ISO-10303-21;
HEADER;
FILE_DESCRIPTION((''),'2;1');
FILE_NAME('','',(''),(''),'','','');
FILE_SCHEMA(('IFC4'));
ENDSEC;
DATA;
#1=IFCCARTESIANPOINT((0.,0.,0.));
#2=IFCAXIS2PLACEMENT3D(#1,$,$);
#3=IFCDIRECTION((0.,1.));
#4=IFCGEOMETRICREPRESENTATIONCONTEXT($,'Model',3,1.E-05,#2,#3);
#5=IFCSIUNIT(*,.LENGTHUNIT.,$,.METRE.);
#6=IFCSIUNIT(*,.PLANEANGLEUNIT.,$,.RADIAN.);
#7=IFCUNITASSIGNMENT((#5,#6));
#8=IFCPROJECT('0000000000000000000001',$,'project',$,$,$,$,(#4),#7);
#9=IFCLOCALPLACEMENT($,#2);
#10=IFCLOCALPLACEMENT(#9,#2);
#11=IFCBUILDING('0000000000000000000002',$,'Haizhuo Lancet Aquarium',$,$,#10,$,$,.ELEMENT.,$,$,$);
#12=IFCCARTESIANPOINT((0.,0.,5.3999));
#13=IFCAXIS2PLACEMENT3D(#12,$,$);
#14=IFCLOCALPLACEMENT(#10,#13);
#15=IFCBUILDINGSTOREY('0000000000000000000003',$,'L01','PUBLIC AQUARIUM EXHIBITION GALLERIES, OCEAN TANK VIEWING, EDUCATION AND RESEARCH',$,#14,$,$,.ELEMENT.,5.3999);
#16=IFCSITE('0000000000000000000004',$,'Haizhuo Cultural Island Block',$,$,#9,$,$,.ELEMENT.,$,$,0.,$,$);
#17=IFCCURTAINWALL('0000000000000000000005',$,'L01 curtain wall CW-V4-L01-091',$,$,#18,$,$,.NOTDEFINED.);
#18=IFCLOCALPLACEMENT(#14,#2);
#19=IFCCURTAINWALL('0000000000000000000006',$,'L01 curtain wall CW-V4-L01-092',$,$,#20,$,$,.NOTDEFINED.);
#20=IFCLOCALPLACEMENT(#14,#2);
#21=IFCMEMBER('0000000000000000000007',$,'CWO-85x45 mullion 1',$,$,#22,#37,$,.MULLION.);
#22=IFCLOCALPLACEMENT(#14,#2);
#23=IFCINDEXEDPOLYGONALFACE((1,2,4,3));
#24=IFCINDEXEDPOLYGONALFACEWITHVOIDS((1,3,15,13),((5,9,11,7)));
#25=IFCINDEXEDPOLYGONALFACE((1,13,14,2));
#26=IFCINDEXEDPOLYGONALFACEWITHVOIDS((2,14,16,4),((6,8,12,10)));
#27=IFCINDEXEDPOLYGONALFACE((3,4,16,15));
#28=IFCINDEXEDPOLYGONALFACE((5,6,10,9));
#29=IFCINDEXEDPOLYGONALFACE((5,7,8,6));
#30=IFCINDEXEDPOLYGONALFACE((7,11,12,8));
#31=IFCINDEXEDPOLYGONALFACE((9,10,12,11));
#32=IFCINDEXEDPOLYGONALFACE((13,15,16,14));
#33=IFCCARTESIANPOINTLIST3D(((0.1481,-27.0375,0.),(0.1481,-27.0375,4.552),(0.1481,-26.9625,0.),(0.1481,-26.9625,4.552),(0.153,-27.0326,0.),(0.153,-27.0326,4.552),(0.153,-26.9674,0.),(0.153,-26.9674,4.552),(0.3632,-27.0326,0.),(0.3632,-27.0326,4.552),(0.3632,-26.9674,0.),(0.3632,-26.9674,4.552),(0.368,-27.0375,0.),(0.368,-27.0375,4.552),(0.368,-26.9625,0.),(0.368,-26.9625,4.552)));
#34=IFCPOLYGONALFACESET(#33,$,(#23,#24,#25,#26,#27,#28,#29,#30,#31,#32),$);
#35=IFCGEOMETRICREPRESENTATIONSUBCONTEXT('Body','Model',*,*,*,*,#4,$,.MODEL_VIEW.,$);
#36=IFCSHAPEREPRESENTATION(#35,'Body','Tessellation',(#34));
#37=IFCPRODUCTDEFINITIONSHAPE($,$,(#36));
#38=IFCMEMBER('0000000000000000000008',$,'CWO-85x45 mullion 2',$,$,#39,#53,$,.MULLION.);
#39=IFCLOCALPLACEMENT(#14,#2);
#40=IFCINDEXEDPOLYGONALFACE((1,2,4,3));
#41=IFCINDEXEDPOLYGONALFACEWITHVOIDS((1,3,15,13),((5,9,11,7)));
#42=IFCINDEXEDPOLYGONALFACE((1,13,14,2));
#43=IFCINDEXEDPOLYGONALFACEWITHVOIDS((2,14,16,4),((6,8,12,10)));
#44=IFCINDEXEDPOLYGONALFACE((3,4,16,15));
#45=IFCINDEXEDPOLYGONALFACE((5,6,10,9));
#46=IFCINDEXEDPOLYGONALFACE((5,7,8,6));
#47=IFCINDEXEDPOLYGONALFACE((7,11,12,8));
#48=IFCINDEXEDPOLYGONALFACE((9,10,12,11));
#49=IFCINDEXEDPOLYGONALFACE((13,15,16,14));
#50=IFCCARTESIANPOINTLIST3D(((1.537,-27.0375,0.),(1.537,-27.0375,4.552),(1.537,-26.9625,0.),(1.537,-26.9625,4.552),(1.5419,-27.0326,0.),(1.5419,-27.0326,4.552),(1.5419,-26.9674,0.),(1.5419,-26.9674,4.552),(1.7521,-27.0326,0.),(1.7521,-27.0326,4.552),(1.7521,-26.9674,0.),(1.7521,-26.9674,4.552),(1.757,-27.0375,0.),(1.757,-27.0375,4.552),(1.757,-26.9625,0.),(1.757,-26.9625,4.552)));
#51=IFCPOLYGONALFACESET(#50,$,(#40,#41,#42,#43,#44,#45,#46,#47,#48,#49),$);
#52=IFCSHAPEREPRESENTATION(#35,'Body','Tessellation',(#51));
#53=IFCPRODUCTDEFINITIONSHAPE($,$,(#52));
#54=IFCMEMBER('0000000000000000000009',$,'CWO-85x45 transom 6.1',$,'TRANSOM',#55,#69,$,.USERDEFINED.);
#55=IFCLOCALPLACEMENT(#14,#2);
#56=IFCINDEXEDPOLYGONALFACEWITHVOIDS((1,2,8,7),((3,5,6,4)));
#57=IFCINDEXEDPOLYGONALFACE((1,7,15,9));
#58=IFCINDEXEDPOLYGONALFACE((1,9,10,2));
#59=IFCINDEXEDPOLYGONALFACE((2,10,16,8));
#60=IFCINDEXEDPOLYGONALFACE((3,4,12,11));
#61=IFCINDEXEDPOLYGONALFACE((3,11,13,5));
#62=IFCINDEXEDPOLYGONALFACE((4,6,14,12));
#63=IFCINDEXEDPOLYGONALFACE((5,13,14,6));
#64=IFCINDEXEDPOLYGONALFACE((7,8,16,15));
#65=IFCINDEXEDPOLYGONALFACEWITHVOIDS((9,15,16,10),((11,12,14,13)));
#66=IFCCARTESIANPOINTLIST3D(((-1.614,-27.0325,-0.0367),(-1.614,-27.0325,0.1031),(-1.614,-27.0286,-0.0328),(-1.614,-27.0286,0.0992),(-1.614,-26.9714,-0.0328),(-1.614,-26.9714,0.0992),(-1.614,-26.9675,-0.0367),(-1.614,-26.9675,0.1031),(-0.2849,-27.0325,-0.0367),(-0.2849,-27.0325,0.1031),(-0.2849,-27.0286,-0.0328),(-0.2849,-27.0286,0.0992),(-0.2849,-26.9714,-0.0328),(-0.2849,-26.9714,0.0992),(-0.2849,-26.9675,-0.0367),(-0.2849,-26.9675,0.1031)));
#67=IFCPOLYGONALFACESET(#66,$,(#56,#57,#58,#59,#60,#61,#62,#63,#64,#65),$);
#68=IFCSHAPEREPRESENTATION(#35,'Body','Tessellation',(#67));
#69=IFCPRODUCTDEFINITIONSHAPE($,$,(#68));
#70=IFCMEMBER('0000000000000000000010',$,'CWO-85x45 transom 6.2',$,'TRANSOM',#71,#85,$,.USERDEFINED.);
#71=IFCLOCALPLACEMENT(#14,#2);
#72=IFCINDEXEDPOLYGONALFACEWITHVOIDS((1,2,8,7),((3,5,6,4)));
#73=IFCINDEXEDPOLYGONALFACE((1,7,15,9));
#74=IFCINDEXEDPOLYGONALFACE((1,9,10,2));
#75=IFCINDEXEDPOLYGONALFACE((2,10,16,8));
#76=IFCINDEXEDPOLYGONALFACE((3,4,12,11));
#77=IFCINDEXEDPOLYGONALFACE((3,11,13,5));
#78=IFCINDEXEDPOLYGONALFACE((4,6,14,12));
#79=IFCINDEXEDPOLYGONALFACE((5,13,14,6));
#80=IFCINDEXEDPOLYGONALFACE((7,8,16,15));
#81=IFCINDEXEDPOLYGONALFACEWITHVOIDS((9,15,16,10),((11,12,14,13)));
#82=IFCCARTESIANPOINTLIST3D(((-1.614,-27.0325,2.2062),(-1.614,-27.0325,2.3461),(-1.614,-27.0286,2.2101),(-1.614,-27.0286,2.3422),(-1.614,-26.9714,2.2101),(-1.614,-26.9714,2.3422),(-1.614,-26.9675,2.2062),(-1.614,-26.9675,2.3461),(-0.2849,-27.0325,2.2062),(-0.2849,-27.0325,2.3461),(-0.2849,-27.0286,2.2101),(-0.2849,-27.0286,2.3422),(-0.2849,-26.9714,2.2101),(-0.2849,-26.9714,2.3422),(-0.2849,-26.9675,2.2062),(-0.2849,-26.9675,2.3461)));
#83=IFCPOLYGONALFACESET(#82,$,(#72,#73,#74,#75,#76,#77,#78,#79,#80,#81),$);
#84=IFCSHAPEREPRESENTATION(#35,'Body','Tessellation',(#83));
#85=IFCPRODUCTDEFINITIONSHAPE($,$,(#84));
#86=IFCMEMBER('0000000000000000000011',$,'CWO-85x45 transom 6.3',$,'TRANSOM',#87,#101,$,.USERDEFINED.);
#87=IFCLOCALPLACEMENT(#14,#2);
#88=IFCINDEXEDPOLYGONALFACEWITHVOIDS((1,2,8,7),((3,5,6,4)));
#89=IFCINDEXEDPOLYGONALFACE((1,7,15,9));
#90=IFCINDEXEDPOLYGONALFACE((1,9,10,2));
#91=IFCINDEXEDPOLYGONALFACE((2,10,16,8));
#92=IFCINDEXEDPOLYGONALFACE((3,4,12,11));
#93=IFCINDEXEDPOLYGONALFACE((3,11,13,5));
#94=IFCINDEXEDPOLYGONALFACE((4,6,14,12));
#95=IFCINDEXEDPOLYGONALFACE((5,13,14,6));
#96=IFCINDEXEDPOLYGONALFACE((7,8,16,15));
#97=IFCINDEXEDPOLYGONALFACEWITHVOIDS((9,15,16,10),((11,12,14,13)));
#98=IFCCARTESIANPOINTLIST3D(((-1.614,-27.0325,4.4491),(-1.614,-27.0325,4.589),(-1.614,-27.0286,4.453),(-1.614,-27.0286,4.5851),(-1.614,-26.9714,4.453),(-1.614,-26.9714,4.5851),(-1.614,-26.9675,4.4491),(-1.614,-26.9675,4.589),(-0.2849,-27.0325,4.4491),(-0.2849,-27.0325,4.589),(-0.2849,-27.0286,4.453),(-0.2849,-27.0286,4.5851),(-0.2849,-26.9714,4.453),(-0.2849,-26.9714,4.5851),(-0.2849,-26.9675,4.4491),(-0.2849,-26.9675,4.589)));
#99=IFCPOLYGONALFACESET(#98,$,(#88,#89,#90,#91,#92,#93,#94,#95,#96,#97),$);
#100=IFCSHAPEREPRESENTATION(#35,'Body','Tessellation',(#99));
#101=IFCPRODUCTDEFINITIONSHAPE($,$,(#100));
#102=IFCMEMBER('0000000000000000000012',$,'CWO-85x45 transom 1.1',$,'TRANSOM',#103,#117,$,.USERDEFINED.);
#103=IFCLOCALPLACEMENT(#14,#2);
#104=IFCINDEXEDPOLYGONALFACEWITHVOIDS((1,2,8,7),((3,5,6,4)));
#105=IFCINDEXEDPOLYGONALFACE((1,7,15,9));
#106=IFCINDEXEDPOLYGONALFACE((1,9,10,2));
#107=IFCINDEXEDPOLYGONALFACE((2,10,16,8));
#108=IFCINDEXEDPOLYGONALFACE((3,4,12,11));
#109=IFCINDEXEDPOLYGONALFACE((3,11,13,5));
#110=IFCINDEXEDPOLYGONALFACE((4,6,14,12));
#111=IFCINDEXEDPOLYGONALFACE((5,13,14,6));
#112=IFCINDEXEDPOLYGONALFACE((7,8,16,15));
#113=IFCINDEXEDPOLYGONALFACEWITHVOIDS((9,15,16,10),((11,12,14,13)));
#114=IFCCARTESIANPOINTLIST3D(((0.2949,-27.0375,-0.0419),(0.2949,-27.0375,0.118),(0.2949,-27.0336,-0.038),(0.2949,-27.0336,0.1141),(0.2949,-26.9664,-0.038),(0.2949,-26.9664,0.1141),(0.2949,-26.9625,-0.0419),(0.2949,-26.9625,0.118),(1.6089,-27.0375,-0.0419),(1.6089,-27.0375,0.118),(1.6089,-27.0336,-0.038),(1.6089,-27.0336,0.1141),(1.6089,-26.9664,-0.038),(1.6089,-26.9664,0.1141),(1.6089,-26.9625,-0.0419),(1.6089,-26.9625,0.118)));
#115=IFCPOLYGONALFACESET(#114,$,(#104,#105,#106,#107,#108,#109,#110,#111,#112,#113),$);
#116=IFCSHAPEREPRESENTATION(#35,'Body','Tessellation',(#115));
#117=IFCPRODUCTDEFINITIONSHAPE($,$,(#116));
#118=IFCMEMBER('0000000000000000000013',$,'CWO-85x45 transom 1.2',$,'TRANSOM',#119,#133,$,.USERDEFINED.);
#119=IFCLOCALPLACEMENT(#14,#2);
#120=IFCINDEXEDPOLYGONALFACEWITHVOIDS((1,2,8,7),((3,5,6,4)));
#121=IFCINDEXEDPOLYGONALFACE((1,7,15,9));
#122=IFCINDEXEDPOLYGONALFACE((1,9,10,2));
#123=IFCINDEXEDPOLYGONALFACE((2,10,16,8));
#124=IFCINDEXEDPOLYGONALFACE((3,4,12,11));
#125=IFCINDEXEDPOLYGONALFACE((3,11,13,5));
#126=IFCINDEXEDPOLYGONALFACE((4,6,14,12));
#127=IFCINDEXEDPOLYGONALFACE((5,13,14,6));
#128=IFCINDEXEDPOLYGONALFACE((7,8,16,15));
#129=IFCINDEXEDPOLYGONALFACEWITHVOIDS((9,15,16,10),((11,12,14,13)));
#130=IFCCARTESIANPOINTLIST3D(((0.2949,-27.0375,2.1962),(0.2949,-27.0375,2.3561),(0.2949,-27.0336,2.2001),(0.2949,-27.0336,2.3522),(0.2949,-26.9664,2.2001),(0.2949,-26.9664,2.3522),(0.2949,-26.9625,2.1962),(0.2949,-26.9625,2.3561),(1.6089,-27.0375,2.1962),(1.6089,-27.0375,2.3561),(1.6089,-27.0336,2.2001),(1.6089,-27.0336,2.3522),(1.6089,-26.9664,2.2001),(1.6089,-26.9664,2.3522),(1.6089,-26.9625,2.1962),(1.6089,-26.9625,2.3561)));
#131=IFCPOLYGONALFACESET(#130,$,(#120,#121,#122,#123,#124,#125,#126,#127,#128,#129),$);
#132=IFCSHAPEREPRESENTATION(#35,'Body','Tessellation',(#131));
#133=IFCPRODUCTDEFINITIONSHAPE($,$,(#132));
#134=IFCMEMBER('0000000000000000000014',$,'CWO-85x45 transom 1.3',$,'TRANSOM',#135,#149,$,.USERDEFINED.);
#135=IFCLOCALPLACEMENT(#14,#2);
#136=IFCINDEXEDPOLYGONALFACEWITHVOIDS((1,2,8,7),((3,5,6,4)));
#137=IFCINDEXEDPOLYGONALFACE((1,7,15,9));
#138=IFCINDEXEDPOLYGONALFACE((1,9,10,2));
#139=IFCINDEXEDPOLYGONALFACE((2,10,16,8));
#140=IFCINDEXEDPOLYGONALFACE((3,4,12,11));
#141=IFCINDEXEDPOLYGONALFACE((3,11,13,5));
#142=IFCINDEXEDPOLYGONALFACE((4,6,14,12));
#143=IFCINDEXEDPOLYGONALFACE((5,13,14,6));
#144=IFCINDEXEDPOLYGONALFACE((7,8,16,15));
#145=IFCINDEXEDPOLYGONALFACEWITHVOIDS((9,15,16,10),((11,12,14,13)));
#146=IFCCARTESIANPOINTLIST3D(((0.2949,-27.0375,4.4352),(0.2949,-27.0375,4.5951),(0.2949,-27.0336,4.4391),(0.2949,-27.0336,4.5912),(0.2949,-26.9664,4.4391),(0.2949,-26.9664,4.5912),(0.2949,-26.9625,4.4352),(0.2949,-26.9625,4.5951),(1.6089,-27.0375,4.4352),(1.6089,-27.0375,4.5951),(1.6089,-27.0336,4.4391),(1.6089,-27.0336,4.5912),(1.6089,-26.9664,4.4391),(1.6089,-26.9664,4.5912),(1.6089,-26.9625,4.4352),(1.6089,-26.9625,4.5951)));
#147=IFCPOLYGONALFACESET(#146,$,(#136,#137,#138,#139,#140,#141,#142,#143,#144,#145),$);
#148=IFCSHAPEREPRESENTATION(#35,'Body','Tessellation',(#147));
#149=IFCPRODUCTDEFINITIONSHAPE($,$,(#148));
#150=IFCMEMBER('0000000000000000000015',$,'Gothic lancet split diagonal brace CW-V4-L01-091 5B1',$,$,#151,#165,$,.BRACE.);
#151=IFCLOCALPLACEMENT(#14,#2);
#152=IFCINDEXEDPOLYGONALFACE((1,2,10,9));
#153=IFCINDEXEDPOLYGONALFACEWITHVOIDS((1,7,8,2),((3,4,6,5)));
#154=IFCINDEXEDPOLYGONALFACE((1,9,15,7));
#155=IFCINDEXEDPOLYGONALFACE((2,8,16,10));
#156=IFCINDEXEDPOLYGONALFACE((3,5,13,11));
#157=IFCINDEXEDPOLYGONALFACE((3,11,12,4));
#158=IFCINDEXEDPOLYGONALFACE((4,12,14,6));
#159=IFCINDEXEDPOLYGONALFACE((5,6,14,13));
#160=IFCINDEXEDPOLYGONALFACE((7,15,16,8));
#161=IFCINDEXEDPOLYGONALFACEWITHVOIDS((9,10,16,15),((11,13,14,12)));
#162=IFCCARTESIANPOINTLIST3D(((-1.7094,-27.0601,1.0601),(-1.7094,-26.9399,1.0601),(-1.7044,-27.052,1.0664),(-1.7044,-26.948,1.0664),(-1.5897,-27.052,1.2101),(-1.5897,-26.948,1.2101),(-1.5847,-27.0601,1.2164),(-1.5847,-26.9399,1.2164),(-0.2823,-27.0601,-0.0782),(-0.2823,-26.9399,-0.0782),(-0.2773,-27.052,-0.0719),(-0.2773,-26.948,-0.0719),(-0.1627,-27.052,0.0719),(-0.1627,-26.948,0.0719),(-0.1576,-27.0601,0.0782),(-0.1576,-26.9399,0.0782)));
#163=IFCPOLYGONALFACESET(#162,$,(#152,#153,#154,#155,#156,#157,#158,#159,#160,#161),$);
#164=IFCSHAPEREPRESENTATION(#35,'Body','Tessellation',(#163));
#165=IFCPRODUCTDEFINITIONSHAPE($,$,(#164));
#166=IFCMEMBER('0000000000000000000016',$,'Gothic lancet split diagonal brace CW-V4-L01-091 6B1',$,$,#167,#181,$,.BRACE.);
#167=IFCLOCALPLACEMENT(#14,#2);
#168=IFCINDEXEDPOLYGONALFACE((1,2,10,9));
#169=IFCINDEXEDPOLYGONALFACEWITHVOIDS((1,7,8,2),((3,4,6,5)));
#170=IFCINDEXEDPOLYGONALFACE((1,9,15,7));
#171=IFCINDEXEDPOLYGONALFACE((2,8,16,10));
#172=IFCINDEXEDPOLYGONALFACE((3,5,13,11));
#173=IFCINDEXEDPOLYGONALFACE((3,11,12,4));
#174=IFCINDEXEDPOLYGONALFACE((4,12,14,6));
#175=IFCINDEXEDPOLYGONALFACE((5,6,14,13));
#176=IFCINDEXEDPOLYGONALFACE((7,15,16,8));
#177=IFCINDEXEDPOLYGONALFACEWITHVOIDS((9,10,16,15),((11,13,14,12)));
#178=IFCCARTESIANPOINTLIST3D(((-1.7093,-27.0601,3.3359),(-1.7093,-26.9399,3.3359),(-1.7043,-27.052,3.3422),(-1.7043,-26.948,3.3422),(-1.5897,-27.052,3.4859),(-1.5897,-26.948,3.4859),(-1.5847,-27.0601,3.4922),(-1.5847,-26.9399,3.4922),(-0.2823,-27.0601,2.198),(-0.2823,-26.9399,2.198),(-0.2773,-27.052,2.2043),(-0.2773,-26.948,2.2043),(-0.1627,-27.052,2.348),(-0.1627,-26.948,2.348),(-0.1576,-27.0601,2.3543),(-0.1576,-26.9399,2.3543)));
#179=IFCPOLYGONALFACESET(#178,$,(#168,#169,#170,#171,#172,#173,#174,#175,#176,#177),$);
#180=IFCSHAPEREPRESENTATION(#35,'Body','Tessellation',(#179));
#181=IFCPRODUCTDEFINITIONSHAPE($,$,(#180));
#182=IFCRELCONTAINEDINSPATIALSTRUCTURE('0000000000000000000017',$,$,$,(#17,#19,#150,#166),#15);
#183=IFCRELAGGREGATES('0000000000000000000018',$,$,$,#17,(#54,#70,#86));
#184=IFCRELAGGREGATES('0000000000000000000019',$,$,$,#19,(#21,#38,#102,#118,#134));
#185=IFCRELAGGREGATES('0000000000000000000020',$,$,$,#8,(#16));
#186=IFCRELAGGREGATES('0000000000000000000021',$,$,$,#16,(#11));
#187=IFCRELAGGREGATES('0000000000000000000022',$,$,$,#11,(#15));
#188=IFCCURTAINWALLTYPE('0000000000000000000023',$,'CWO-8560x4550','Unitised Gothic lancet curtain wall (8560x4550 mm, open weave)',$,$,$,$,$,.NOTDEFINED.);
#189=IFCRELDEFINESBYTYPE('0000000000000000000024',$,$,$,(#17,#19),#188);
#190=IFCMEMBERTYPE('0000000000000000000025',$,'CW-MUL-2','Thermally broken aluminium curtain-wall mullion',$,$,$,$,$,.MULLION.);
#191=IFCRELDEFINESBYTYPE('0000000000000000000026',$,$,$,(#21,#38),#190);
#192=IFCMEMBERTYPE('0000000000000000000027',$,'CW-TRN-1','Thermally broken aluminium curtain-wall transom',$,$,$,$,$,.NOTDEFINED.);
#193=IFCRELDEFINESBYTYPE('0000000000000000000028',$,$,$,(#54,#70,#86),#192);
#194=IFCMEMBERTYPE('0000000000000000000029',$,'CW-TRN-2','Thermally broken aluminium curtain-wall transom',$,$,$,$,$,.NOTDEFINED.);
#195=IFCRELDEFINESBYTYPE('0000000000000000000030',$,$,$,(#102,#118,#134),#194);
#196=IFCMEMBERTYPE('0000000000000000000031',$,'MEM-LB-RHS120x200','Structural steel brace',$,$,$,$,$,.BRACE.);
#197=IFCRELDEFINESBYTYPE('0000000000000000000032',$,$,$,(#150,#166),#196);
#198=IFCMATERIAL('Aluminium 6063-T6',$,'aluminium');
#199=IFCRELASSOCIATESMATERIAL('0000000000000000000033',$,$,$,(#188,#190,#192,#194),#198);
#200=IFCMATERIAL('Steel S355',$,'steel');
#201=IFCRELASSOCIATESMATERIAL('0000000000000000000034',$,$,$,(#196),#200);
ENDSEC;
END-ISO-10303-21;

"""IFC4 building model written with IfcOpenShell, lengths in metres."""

from ifc_helpers import new_model, si_unit, direction, frame, origin, origin_2d, place, context, subcontext, project, spatial, hollow_rectangle, extrude, material, material_profile, profile_set, type_object, element, aggregate, save


model = new_model("IFC4")

# Units and contexts
model_context = context("Model", 3, precision=1e-05, world=origin(), true_north=direction((0.0, 1.0)))
body_context = subcontext(model_context, "Body", "Model", "MODEL_VIEW")
ifc_project = project(units=[si_unit("LENGTHUNIT", "METRE"), si_unit("PLANEANGLEUNIT", "RADIAN")], contexts=[model_context])

# Site, building, storey
site_placement = place(None, origin())
site = spatial("IfcSite", under=ifc_project, at=site_placement, Name="Haizhuo Cultural Island Block", CompositionType="ELEMENT", RefElevation=0.0)
building_placement = place(site_placement, origin())
building = spatial("IfcBuilding", under=site, at=building_placement, Name="Haizhuo Lancet Aquarium", CompositionType="ELEMENT")
storey_placement = place(building_placement, frame((0.0, 0.0, 5.3999)))
storey = spatial("IfcBuildingStorey", under=building, at=storey_placement, Name="L01", Description="PUBLIC AQUARIUM EXHIBITION GALLERIES, OCEAN TANK VIEWING, EDUCATION AND RESEARCH", CompositionType="ELEMENT", Elevation=5.3999)

# Shared definitions
ifc_material_1 = material(Name="Steel S355", Category="steel")

# Curtain wall
ifc_material_2 = material(Name="Aluminium 6063-T6", Category="aluminium")
curtain_wall_type = type_object("IfcCurtainWallType", Name="CWO-8560x4550", Description="Unitised Gothic lancet curtain wall (8560x4550 mm, open weave)", PredefinedType="NOTDEFINED", material=ifc_material_2)
curtain_wall_1_placement = place(storey_placement, origin())
curtain_wall_1 = element("IfcCurtainWall", 1, at=curtain_wall_1_placement, inside=storey, type_object=curtain_wall_type, Name="L01 curtain wall CW-V4-L01-091", PredefinedType="NOTDEFINED")

# Curtain wall, members
curtain_wall_2_placement = place(storey_placement, origin())
curtain_wall_2 = element("IfcCurtainWall", 2, at=curtain_wall_2_placement, inside=storey, type_object=curtain_wall_type, Name="L01 curtain wall CW-V4-L01-092", PredefinedType="NOTDEFINED")
ifc_material_profile_1 = material_profile(ifc_material_2, hollow_rectangle(XDim=0.075, YDim=0.22, WallThickness=0.0049, at=origin_2d()), Name="ALU-M 75x220x5")
ifc_profile_set_1 = profile_set([ifc_material_profile_1], Name="Aluminium 6063-T6")
member_type_1 = type_object("IfcMemberType", Name="CW-MUL-2", Description="Thermally broken aluminium curtain-wall mullion", PredefinedType="MULLION", material=ifc_profile_set_1)
member_1_placement = place(storey_placement, frame((0.2581, -27.0, 0.0), z_axis=(0.0, 0.0, 1.0), x_axis=(0.0, 1.0, 0.0)))
member_1 = element("IfcMember", 3, at=member_1_placement, type_object=member_type_1, Name="CWO-85x45 mullion 1", PredefinedType="MULLION", context=body_context, shape_type="SweptSolid", body=[
    extrude(hollow_rectangle(XDim=0.075, YDim=0.22, WallThickness=0.0049, at=origin_2d()), origin(), (0.0, 0.0, 1.0), 4.552),
])
member_2_placement = place(storey_placement, frame((1.647, -27.0, 0.0), z_axis=(0.0, 0.0, 1.0), x_axis=(0.0, 1.0, 0.0)))
member_2 = element("IfcMember", 4, at=member_2_placement, type_object=member_type_1, Name="CWO-85x45 mullion 2", PredefinedType="MULLION", context=body_context, shape_type="SweptSolid", body=[
    extrude(hollow_rectangle(XDim=0.075, YDim=0.22, WallThickness=0.0049, at=origin_2d()), origin(), (0.0, 0.0, 1.0), 4.552),
])

# Members
ifc_material_profile_2 = material_profile(ifc_material_2, hollow_rectangle(XDim=0.0649, YDim=0.1399, WallThickness=0.0039, at=origin_2d()), Name="ALU-T 65x140x4")
ifc_profile_set_2 = profile_set([ifc_material_profile_2], Name="Aluminium 6063-T6")
member_type_2 = type_object("IfcMemberType", Name="CW-TRN-1", Description="Thermally broken aluminium curtain-wall transom", PredefinedType="NOTDEFINED", material=ifc_profile_set_2)
member_3_placement = place(storey_placement, frame((-1.614, -27.0, 0.0332), z_axis=(1.0, 0.0, 0.0), x_axis=(0.0, 1.0, 0.0)))
member_3 = element("IfcMember", 5, at=member_3_placement, type_object=member_type_2, Name="CWO-85x45 transom 6.1", ObjectType="TRANSOM", PredefinedType="USERDEFINED", context=body_context, shape_type="SweptSolid", body=[
    extrude(hollow_rectangle(XDim=0.0649, YDim=0.1399, WallThickness=0.0039, at=origin_2d()), origin(), (0.0, 0.0, 1.0), 1.3291),
])
member_4_placement = place(storey_placement, frame((-1.614, -27.0, 2.2761), z_axis=(1.0, 0.0, 0.0), x_axis=(0.0, 1.0, 0.0)))
member_4 = element("IfcMember", 6, at=member_4_placement, type_object=member_type_2, Name="CWO-85x45 transom 6.2", ObjectType="TRANSOM", PredefinedType="USERDEFINED", context=body_context, shape_type="SweptSolid", body=[
    extrude(hollow_rectangle(XDim=0.0649, YDim=0.1399, WallThickness=0.0039, at=origin_2d()), origin(), (0.0, 0.0, 1.0), 1.3291),
])
member_5_placement = place(storey_placement, frame((-1.614, -27.0, 4.519), z_axis=(1.0, 0.0, 0.0), x_axis=(0.0, 1.0, 0.0)))
member_5 = element("IfcMember", 7, at=member_5_placement, type_object=member_type_2, Name="CWO-85x45 transom 6.3", ObjectType="TRANSOM", PredefinedType="USERDEFINED", context=body_context, shape_type="SweptSolid", body=[
    extrude(hollow_rectangle(XDim=0.0649, YDim=0.1399, WallThickness=0.0039, at=origin_2d()), origin(), (0.0, 0.0, 1.0), 1.3291),
])
ifc_material_profile_3 = material_profile(ifc_material_2, hollow_rectangle(XDim=0.075, YDim=0.1599, WallThickness=0.0039, at=origin_2d()), Name="ALU-T 75x160x4")
ifc_profile_set_3 = profile_set([ifc_material_profile_3], Name="Aluminium 6063-T6")
member_type_3 = type_object("IfcMemberType", Name="CW-TRN-2", Description="Thermally broken aluminium curtain-wall transom", PredefinedType="NOTDEFINED", material=ifc_profile_set_3)
member_6_placement = place(storey_placement, frame((0.2949, -27.0, 0.0381), z_axis=(1.0, 0.0, 0.0), x_axis=(0.0, 1.0, 0.0)))
member_6 = element("IfcMember", 8, at=member_6_placement, type_object=member_type_3, Name="CWO-85x45 transom 1.1", ObjectType="TRANSOM", PredefinedType="USERDEFINED", context=body_context, shape_type="SweptSolid", body=[
    extrude(hollow_rectangle(XDim=0.075, YDim=0.1599, WallThickness=0.0039, at=origin_2d()), origin(), (0.0, 0.0, 1.0), 1.314),
])
member_7_placement = place(storey_placement, frame((0.2949, -27.0, 2.2761), z_axis=(1.0, 0.0, 0.0), x_axis=(0.0, 1.0, 0.0)))
member_7 = element("IfcMember", 9, at=member_7_placement, type_object=member_type_3, Name="CWO-85x45 transom 1.2", ObjectType="TRANSOM", PredefinedType="USERDEFINED", context=body_context, shape_type="SweptSolid", body=[
    extrude(hollow_rectangle(XDim=0.075, YDim=0.1599, WallThickness=0.0039, at=origin_2d()), origin(), (0.0, 0.0, 1.0), 1.314),
])
member_8_placement = place(storey_placement, frame((0.2949, -27.0, 4.5151), z_axis=(1.0, 0.0, 0.0), x_axis=(0.0, 1.0, 0.0)))
member_8 = element("IfcMember", 10, at=member_8_placement, type_object=member_type_3, Name="CWO-85x45 transom 1.3", ObjectType="TRANSOM", PredefinedType="USERDEFINED", context=body_context, shape_type="SweptSolid", body=[
    extrude(hollow_rectangle(XDim=0.075, YDim=0.1599, WallThickness=0.0039, at=origin_2d()), origin(), (0.0, 0.0, 1.0), 1.314),
])

# Members
ifc_material_profile_4 = material_profile(ifc_material_1, hollow_rectangle(XDim=0.1201, YDim=0.2, WallThickness=0.0081, at=origin_2d()), Name="RHS 120x200x8")
ifc_profile_set_4 = profile_set([ifc_material_profile_4], Name="Steel S355")
member_type_4 = type_object("IfcMemberType", Name="MEM-LB-RHS120x200", Description="Structural steel brace", PredefinedType="BRACE", material=ifc_profile_set_4)
member_9_placement = place(storey_placement, frame((-0.22, -27.0, 0.0), z_axis=(-0.781781, 0.0, 0.623553), x_axis=(0.0, -1.0, 0.0)))
element("IfcMember", 11, at=member_9_placement, inside=storey, type_object=member_type_4, Name="Gothic lancet split diagonal brace CW-V4-L01-091 5B1", PredefinedType="BRACE", context=body_context, shape_type="SweptSolid", body=[
    extrude(hollow_rectangle(XDim=0.1201, YDim=0.2, WallThickness=0.0081, at=origin_2d()), origin(), (0.0, 0.0, 1.0), 1.8254),
])
member_10_placement = place(storey_placement, frame((-0.22, -27.0, 2.2761), z_axis=(-0.781847, 0.0, 0.623471), x_axis=(0.0, -1.0, 0.0)))
element("IfcMember", 12, at=member_10_placement, inside=storey, type_object=member_type_4, Name="Gothic lancet split diagonal brace CW-V4-L01-091 6B1", PredefinedType="BRACE", context=body_context, shape_type="SweptSolid", body=[
    extrude(hollow_rectangle(XDim=0.1201, YDim=0.2, WallThickness=0.0081, at=origin_2d()), origin(), (0.0, 0.0, 1.0), 1.8252),
])

aggregate(curtain_wall_1, [member_3, member_4, member_5])
aggregate(curtain_wall_2, [member_1, member_2, member_6, member_7, member_8])

save(model, "model.ifc")
